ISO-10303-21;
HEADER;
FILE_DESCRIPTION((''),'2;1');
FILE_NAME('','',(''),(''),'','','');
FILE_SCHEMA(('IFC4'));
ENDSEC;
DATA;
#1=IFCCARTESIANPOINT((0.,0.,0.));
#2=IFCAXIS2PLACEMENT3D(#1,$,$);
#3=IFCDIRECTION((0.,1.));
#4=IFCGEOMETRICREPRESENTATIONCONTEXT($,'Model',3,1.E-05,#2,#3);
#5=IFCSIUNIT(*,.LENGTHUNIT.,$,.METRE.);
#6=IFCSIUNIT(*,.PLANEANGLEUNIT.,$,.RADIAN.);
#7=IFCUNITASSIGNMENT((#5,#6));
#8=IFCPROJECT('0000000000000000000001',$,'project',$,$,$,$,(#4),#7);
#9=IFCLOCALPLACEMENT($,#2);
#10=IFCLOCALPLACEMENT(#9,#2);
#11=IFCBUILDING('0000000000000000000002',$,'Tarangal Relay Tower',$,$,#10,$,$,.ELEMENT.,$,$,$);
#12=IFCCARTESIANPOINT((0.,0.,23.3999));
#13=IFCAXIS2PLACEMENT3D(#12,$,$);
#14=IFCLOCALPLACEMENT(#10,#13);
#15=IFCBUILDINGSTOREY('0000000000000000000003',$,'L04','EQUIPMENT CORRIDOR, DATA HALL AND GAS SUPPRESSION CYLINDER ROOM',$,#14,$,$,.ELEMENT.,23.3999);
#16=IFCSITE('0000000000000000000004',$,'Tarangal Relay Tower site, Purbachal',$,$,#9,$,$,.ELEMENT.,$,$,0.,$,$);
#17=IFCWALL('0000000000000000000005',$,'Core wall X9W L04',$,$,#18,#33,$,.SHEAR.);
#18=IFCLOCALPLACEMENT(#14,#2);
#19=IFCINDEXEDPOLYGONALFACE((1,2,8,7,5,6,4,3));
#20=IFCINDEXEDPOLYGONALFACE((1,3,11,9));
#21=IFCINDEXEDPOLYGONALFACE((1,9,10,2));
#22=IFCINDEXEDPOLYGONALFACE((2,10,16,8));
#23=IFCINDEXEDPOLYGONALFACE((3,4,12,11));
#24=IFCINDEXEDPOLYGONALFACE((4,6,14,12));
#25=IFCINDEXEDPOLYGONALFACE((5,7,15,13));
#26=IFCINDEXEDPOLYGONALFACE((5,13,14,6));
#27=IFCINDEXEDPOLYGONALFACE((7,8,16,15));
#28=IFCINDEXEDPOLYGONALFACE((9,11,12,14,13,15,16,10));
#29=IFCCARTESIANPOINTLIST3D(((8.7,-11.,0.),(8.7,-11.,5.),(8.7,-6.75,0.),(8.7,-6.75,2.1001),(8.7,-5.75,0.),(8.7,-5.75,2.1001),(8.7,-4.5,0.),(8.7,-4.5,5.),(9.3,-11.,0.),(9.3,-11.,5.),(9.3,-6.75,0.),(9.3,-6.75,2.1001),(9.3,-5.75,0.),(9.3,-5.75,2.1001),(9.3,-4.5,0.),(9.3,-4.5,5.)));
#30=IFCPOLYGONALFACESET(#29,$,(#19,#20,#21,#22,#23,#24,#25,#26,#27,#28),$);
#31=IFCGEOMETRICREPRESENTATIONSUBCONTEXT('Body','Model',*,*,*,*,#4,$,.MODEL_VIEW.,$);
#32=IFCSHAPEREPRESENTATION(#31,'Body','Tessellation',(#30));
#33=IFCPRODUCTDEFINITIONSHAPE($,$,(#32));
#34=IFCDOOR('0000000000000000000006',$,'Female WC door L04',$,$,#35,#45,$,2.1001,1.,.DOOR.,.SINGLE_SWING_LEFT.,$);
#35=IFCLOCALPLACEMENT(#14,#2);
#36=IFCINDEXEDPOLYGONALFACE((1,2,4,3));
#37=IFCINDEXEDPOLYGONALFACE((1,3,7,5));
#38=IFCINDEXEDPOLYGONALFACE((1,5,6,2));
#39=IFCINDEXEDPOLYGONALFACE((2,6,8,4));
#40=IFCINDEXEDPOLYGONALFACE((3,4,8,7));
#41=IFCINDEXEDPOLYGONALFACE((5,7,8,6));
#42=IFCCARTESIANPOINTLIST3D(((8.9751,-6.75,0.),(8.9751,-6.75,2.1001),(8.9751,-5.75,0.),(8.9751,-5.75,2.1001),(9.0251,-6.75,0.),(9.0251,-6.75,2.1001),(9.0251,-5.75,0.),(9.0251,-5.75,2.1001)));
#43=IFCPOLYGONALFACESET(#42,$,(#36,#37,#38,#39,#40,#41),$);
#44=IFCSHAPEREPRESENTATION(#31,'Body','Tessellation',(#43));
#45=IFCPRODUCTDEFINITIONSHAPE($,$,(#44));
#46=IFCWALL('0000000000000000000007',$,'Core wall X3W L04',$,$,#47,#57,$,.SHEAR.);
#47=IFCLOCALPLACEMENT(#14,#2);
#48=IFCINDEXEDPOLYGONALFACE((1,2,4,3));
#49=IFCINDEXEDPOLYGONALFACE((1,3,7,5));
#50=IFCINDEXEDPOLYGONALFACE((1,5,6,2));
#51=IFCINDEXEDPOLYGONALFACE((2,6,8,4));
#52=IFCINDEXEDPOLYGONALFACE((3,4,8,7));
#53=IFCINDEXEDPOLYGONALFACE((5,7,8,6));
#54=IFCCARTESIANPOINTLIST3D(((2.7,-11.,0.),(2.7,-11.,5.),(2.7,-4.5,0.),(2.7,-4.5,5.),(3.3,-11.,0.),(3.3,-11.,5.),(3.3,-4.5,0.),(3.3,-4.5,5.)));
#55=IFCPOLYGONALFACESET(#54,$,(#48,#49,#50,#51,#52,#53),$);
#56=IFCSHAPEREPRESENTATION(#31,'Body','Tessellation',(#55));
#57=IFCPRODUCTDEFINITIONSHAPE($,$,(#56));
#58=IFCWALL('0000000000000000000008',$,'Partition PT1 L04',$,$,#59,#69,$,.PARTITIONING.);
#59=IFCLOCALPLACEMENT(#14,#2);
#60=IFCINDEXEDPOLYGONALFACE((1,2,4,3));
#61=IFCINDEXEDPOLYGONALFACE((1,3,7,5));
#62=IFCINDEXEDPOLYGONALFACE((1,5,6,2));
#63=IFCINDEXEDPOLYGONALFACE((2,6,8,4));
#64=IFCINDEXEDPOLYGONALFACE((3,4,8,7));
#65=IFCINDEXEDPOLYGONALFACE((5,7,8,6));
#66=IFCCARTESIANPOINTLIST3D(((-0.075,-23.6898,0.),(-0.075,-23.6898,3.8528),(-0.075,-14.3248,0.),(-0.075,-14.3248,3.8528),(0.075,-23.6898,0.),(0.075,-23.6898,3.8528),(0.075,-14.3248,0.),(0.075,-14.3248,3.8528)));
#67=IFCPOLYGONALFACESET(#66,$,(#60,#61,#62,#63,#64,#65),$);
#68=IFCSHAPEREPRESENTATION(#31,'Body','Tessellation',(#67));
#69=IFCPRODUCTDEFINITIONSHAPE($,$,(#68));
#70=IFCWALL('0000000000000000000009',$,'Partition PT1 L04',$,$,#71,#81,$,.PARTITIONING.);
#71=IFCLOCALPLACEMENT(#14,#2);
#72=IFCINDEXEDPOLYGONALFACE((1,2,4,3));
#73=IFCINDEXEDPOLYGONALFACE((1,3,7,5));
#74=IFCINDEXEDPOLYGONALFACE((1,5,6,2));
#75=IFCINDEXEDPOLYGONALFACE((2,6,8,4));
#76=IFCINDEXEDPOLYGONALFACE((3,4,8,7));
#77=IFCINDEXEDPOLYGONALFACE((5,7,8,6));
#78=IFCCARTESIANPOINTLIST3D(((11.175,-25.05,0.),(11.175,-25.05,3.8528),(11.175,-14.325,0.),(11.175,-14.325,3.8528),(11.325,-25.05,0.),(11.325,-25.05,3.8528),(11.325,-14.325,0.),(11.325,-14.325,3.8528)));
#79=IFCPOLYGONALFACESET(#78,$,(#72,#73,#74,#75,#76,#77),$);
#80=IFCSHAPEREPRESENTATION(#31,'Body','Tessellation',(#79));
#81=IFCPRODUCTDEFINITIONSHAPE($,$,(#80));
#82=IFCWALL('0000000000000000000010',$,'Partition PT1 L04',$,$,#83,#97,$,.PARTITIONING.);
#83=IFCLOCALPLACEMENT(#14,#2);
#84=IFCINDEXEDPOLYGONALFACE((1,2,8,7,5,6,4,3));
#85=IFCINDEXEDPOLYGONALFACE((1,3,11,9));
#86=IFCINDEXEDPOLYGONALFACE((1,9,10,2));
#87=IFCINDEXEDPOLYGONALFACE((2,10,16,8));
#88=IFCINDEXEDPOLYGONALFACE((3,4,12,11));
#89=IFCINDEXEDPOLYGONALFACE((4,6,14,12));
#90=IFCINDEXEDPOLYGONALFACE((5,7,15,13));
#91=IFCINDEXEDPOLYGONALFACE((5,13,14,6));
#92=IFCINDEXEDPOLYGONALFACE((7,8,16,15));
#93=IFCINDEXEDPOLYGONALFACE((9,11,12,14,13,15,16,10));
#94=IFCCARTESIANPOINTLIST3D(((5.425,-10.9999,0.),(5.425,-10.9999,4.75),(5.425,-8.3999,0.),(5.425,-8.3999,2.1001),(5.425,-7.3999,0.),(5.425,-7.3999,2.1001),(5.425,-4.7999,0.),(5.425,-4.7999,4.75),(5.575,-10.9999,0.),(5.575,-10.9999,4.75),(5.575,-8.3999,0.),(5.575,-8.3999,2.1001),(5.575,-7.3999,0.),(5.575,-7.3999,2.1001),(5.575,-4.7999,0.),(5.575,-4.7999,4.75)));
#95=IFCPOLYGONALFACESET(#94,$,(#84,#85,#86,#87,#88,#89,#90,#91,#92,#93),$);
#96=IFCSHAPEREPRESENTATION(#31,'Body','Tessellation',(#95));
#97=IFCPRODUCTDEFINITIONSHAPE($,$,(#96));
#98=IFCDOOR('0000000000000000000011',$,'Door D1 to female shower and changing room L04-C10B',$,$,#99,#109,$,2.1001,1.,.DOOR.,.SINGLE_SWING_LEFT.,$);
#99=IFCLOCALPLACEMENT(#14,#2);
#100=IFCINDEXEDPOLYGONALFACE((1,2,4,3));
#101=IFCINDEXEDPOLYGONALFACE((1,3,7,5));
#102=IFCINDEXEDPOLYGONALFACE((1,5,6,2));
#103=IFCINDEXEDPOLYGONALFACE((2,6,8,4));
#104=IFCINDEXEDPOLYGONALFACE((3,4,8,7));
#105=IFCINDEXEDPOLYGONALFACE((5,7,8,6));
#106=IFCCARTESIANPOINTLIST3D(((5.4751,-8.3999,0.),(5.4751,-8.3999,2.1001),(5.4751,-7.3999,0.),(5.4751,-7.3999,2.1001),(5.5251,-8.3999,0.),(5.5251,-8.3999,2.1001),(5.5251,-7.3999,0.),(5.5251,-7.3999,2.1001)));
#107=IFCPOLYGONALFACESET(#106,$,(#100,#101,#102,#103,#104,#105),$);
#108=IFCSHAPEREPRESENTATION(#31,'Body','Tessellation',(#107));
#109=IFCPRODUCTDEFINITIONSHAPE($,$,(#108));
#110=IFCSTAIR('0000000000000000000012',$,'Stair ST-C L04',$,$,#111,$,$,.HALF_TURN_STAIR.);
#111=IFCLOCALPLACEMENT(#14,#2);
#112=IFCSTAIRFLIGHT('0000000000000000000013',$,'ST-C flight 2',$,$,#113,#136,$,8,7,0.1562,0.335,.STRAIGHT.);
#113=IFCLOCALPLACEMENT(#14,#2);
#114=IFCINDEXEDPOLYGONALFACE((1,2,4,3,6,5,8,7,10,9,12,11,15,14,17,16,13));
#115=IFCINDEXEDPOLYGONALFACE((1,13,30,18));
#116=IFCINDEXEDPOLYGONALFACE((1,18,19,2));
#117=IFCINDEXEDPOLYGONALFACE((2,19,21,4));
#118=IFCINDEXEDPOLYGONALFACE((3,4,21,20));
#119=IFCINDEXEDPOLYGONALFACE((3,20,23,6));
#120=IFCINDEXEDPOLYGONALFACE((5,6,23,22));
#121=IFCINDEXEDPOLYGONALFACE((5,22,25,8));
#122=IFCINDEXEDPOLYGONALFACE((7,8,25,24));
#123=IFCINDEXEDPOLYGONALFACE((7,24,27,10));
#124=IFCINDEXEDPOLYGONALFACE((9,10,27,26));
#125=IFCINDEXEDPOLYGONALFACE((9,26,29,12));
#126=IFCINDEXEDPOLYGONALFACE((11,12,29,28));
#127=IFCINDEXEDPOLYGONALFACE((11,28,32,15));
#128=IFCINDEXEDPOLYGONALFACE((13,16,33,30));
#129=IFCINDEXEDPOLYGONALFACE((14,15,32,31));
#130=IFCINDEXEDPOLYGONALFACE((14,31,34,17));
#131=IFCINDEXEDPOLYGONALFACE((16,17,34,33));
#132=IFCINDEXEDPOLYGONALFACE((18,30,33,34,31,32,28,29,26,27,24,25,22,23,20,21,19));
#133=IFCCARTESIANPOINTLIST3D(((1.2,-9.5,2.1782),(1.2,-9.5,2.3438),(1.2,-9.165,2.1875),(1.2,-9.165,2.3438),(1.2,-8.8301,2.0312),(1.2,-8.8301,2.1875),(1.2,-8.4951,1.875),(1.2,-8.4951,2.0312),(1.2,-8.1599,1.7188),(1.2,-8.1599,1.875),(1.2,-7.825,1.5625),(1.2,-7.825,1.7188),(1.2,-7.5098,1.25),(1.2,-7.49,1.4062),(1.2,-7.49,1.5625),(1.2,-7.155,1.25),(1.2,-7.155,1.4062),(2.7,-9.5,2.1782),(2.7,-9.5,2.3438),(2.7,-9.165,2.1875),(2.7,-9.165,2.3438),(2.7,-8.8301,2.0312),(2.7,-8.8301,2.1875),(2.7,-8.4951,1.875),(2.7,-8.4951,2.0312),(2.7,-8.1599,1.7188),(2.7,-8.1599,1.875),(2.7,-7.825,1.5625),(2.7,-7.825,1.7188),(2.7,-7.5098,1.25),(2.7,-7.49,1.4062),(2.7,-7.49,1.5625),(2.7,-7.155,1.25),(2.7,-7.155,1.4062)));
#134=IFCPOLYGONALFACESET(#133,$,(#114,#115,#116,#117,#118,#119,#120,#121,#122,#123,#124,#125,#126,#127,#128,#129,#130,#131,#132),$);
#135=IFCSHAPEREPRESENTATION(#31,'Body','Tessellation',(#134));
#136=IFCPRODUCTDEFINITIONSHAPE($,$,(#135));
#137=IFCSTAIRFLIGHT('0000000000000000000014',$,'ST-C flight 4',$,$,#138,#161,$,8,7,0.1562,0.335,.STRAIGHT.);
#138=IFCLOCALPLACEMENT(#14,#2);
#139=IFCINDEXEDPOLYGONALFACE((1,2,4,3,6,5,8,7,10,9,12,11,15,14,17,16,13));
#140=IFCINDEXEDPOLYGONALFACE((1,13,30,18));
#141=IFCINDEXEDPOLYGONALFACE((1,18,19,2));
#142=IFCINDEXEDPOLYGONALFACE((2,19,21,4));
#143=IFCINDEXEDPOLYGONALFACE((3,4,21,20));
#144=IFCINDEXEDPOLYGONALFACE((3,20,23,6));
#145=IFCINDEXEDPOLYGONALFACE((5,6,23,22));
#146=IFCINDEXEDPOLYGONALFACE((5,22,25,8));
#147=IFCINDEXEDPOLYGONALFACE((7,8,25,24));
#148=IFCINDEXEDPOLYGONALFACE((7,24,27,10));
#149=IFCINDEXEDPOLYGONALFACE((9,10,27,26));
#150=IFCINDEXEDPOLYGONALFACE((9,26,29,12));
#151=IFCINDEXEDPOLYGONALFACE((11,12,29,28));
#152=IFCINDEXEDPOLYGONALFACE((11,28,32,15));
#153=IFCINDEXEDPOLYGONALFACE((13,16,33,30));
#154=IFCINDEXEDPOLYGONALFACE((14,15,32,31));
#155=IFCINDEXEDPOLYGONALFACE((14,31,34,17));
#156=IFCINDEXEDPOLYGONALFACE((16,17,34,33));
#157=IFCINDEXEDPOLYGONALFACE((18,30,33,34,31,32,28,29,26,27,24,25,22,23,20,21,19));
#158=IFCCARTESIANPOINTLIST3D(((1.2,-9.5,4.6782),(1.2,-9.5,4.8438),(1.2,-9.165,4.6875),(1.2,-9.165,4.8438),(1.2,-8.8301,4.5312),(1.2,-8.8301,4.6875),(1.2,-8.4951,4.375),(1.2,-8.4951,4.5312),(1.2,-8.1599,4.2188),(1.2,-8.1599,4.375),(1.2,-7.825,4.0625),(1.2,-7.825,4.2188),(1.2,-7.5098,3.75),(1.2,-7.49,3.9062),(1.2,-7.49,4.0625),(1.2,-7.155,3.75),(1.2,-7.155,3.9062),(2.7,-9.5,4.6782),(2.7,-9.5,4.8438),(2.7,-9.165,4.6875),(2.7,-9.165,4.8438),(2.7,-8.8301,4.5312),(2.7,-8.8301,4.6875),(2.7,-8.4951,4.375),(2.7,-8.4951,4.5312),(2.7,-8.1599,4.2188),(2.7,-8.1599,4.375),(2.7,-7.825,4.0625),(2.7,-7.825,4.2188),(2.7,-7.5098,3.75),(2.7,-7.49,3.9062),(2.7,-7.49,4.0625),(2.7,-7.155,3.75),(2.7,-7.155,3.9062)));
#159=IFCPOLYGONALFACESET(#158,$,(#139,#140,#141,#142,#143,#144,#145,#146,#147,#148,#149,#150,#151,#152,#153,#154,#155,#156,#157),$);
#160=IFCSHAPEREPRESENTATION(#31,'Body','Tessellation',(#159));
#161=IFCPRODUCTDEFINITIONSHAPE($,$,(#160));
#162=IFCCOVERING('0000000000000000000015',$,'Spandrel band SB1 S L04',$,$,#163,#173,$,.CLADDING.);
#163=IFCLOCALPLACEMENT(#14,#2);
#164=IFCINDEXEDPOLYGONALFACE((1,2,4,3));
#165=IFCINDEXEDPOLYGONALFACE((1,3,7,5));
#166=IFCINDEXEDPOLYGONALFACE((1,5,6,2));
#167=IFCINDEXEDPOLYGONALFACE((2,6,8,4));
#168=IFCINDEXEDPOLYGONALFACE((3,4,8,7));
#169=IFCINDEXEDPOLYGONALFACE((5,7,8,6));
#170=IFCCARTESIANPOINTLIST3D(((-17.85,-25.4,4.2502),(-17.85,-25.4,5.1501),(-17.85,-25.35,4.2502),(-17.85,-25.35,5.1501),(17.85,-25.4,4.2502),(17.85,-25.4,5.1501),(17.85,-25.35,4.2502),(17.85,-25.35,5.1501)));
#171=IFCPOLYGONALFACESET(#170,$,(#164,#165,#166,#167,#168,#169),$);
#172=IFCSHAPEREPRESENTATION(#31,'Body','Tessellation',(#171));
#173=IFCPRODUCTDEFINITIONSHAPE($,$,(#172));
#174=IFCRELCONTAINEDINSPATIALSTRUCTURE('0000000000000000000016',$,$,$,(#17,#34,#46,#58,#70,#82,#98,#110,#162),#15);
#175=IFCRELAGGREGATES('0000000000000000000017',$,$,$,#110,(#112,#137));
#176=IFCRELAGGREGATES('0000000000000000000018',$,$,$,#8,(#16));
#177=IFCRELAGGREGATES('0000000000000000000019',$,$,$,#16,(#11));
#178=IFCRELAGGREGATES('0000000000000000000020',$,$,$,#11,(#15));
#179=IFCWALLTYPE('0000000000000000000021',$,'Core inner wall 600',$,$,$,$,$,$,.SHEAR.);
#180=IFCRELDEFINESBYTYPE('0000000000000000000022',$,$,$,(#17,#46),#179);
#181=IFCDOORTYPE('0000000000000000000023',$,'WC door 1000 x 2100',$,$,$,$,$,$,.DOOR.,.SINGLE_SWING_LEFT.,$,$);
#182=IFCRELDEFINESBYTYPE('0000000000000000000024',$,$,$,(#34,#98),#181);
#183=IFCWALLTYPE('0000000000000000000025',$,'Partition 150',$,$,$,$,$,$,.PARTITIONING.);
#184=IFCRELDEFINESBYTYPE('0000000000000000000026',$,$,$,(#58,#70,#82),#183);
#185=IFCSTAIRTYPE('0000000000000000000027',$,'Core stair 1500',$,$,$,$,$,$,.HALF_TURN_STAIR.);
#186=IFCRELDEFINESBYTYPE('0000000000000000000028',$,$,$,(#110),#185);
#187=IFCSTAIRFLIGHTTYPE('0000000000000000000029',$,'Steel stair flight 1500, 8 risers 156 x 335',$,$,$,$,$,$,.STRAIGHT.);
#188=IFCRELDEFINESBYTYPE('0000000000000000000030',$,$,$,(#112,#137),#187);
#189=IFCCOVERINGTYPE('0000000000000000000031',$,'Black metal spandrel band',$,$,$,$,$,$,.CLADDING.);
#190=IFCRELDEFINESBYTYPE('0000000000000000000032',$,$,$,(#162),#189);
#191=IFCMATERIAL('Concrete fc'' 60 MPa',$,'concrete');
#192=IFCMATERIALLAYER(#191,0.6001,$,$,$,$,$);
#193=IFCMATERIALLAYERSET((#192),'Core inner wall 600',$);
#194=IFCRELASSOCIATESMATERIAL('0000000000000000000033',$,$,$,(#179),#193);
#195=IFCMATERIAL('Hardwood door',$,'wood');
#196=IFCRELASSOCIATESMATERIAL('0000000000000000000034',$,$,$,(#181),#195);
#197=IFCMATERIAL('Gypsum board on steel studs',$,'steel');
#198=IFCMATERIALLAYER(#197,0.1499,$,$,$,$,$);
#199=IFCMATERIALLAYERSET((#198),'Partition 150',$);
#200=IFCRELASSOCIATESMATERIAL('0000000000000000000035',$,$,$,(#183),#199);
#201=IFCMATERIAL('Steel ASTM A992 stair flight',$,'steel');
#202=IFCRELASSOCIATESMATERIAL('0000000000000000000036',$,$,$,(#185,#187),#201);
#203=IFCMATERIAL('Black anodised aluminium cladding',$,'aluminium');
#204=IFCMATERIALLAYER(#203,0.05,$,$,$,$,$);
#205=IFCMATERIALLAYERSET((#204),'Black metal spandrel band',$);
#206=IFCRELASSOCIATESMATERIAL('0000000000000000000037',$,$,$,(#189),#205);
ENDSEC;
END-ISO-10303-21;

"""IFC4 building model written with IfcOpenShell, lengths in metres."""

from ifc_helpers import new_model, si_unit, direction, frame, frame_2d, origin, origin_2d, place, context, subcontext, project, spatial, polyline, rectangle, outline, extrude, material, layer, layer_set, type_object, element, fill, aggregate, save


model = new_model("IFC4")

# Units and contexts
model_context = context("Model", 3, precision=1e-05, world=origin(), true_north=direction((0.0, 1.0)))
body_context = subcontext(model_context, "Body", "Model", "MODEL_VIEW")
ifc_project = project(units=[si_unit("LENGTHUNIT", "METRE"), si_unit("PLANEANGLEUNIT", "RADIAN")], contexts=[model_context])

# Site, building, storey
site_placement = place(None, origin())
site = spatial("IfcSite", under=ifc_project, at=site_placement, Name="Tarangal Relay Tower site, Purbachal", CompositionType="ELEMENT", RefElevation=0.0)
building_placement = place(site_placement, origin())
building = spatial("IfcBuilding", under=site, at=building_placement, Name="Tarangal Relay Tower", CompositionType="ELEMENT")
storey_placement = place(building_placement, frame((0.0, 0.0, 23.3999)))
storey = spatial("IfcBuildingStorey", under=building, at=storey_placement, Name="L04", Description="EQUIPMENT CORRIDOR, DATA HALL AND GAS SUPPRESSION CYLINDER ROOM", CompositionType="ELEMENT", Elevation=23.3999)

# Shared definitions
ifc_material_1 = material(Name="Concrete fc' 60 MPa", Category="concrete")
ifc_layer_1 = layer(ifc_material_1, 0.6001)
ifc_layer_set_1 = layer_set([ifc_layer_1], Name="Core inner wall 600")
wall_type_1 = type_object("IfcWallType", Name="Core inner wall 600", PredefinedType="SHEAR", material=ifc_layer_set_1)

# Wall, opening, door
wall_1_placement = place(storey_placement, frame((9.0, -11.0, 0.0), z_axis=(0.0, 0.0, 1.0), x_axis=(0.0, 1.0, 0.0)))
wall_1 = element("IfcWall", 1, at=wall_1_placement, inside=storey, type_object=wall_type_1, Name="Core wall X9W L04", PredefinedType="SHEAR", context=body_context, shape_type="SweptSolid", body=[
    extrude(rectangle(XDim=6.5, YDim=0.6001, at=frame_2d((3.25, 0.0))), origin(), (0.0, 0.0, 1.0), 5.0),
])
opening_1_placement = place(wall_1_placement, frame((4.25, 0.0, 0.0)))
opening_1 = element("IfcOpeningElement", 2, at=opening_1_placement, cuts=wall_1, PredefinedType="OPENING", context=body_context, shape_type="SweptSolid", body=[
    extrude(rectangle(XDim=1.0, YDim=2.1001, at=frame_2d((0.5, 1.05))), frame((0.0, 0.3101, 0.0), z_axis=(0.0, -1.0, 0.0), x_axis=(1.0, 0.0, 0.0)), (0.0, 0.0, 1.0), 0.6201),
])
ifc_material_2 = material(Name="Hardwood door", Category="wood")
door_type = type_object("IfcDoorType", Name="WC door 1000 x 2100", OperationType="SINGLE_SWING_LEFT", PredefinedType="DOOR", material=ifc_material_2)
door_1_placement = place(opening_1_placement, origin())
door_1 = element("IfcDoor", 3, at=door_1_placement, inside=storey, type_object=door_type, Name="Female WC door L04", OperationType="SINGLE_SWING_LEFT", OverallHeight=2.1001, OverallWidth=1.0, PredefinedType="DOOR", context=body_context, shape_type="SweptSolid", body=[
    extrude(rectangle(XDim=1.0, YDim=2.1001, at=frame_2d((0.5, 1.05))), frame((0.0, 0.0249, 0.0), z_axis=(0.0, -1.0, 0.0), x_axis=(1.0, 0.0, 0.0)), (0.0, 0.0, 1.0), 0.05),
])
fill(opening_1, door_1)

# Walls
wall_2_placement = place(storey_placement, frame((3.0, -11.0, 0.0), z_axis=(0.0, 0.0, 1.0), x_axis=(0.0, 1.0, 0.0)))
element("IfcWall", 4, at=wall_2_placement, inside=storey, type_object=wall_type_1, Name="Core wall X3W L04", PredefinedType="SHEAR", context=body_context, shape_type="SweptSolid", body=[
    extrude(rectangle(XDim=6.5, YDim=0.6001, at=frame_2d((3.25, 0.0))), origin(), (0.0, 0.0, 1.0), 5.0),
])
ifc_material_3 = material(Name="Gypsum board on steel studs", Category="steel")
ifc_layer_2 = layer(ifc_material_3, 0.1499)
ifc_layer_set_2 = layer_set([ifc_layer_2], Name="Partition 150")
wall_type_2 = type_object("IfcWallType", Name="Partition 150", PredefinedType="PARTITIONING", material=ifc_layer_set_2)
wall_3_placement = place(storey_placement, frame((0.0, -23.6899, 0.0), z_axis=(0.0, 0.0, 1.0), x_axis=(0.0, 1.0, 0.0)))
element("IfcWall", 5, at=wall_3_placement, inside=storey, type_object=wall_type_2, Name="Partition PT1 L04", PredefinedType="PARTITIONING", context=body_context, shape_type="SweptSolid", body=[
    extrude(rectangle(XDim=9.365, YDim=0.1499, at=frame_2d((4.6826, 0.0))), origin(), (0.0, 0.0, 1.0), 3.8528),
])
wall_4_placement = place(storey_placement, frame((11.25, -25.05, 0.0), z_axis=(0.0, 0.0, 1.0), x_axis=(0.0, 1.0, 0.0)))
element("IfcWall", 6, at=wall_4_placement, inside=storey, type_object=wall_type_2, Name="Partition PT1 L04", PredefinedType="PARTITIONING", context=body_context, shape_type="SweptSolid", body=[
    extrude(rectangle(XDim=10.7251, YDim=0.1499, at=frame_2d((5.3625, 0.0))), origin(), (0.0, 0.0, 1.0), 3.8528),
])

# Wall, opening, door
wall_5_placement = place(storey_placement, frame((5.5, -11.0, 0.0), z_axis=(0.0, 0.0, 1.0), x_axis=(0.0, 1.0, 0.0)))
wall_5 = element("IfcWall", 7, at=wall_5_placement, inside=storey, type_object=wall_type_2, Name="Partition PT1 L04", PredefinedType="PARTITIONING", context=body_context, shape_type="SweptSolid", body=[
    extrude(rectangle(XDim=6.2, YDim=0.1499, at=frame_2d((3.1001, 0.0))), origin(), (0.0, 0.0, 1.0), 4.75),
])
opening_2_placement = place(wall_5_placement, frame((2.6001, 0.0, 0.0)))
opening_2 = element("IfcOpeningElement", 8, at=opening_2_placement, cuts=wall_5, PredefinedType="OPENING", context=body_context, shape_type="SweptSolid", body=[
    extrude(rectangle(XDim=1.0, YDim=2.1001, at=frame_2d((0.5, 1.05))), frame((0.0, 0.085, 0.0), z_axis=(0.0, -1.0, 0.0), x_axis=(1.0, 0.0, 0.0)), (0.0, 0.0, 1.0), 0.1699),
])
door_2_placement = place(opening_2_placement, origin())
door_2 = element("IfcDoor", 9, at=door_2_placement, inside=storey, type_object=door_type, Name="Door D1 to female shower and changing room L04-C10B", OperationType="SINGLE_SWING_LEFT", OverallHeight=2.1001, OverallWidth=1.0, PredefinedType="DOOR", context=body_context, shape_type="SweptSolid", body=[
    extrude(rectangle(XDim=1.0, YDim=2.1001, at=frame_2d((0.5, 1.05))), frame((0.0, 0.0249, 0.0), z_axis=(0.0, -1.0, 0.0), x_axis=(1.0, 0.0, 0.0)), (0.0, 0.0, 1.0), 0.05),
])
fill(opening_2, door_2)

# Stair, stair flights
ifc_material_4 = material(Name="Steel ASTM A992 stair flight", Category="steel")
stair_type = type_object("IfcStairType", Name="Core stair 1500", PredefinedType="HALF_TURN_STAIR", material=ifc_material_4)
stair_placement = place(storey_placement, origin())
stair = element("IfcStair", 10, at=stair_placement, inside=storey, type_object=stair_type, Name="Stair ST-C L04", PredefinedType="HALF_TURN_STAIR")
stair_flight_type = type_object("IfcStairFlightType", Name="Steel stair flight 1500, 8 risers 156 x 335", PredefinedType="STRAIGHT", material=ifc_material_4)
stair_flight_1_placement = place(storey_placement, frame((1.95, -7.155, 1.25), z_axis=(0.0, 0.0, 1.0), x_axis=(0.0, -1.0, 0.0)))
stair_flight_1 = element("IfcStairFlight", 11, at=stair_flight_1_placement, type_object=stair_flight_type, Name="ST-C flight 2", NumberOfRisers=8, NumberOfTreads=7, PredefinedType="STRAIGHT", RiserHeight=0.1562, TreadLength=0.335, context=body_context, shape_type="SweptSolid", body=[
    extrude(outline(polyline([(0.0, 0.0), (0.0, 0.1562), (0.335, 0.1562), (0.335, 0.3125), (0.6699, 0.3125), (0.6699, 0.4688), (1.0049, 0.4688), (1.0049, 0.625), (1.3401, 0.625), (1.3401, 0.7812), (1.675, 0.7812), (1.675, 0.9375), (2.01, 0.9375), (2.01, 1.0938), (2.345, 1.0938), (2.345, 1.25), (2.345, 0.9282), (0.3547, 0.0), (0.0, 0.0)])), frame((0.0, 0.75, 0.0), z_axis=(0.0, -1.0, 0.0), x_axis=(1.0, 0.0, 0.0)), (0.0, 0.0, 1.0), 1.5),
])
stair_flight_2_placement = place(storey_placement, frame((1.95, -7.155, 3.75), z_axis=(0.0, 0.0, 1.0), x_axis=(0.0, -1.0, 0.0)))
stair_flight_2 = element("IfcStairFlight", 12, at=stair_flight_2_placement, type_object=stair_flight_type, Name="ST-C flight 4", NumberOfRisers=8, NumberOfTreads=7, PredefinedType="STRAIGHT", RiserHeight=0.1562, TreadLength=0.335, context=body_context, shape_type="SweptSolid", body=[
    extrude(outline(polyline([(0.0, 0.0), (0.0, 0.1562), (0.335, 0.1562), (0.335, 0.3125), (0.6699, 0.3125), (0.6699, 0.4688), (1.0049, 0.4688), (1.0049, 0.625), (1.3401, 0.625), (1.3401, 0.7812), (1.675, 0.7812), (1.675, 0.9375), (2.01, 0.9375), (2.01, 1.0938), (2.345, 1.0938), (2.345, 1.25), (2.345, 0.9282), (0.3547, 0.0), (0.0, 0.0)])), frame((0.0, 0.75, 0.0), z_axis=(0.0, -1.0, 0.0), x_axis=(1.0, 0.0, 0.0)), (0.0, 0.0, 1.0), 1.5),
])
aggregate(stair, [stair_flight_1, stair_flight_2])

# Covering
ifc_material_5 = material(Name="Black anodised aluminium cladding", Category="aluminium")
ifc_layer_3 = layer(ifc_material_5, 0.05)
ifc_layer_set_3 = layer_set([ifc_layer_3], Name="Black metal spandrel band")
covering_type = type_object("IfcCoveringType", Name="Black metal spandrel band", PredefinedType="CLADDING", material=ifc_layer_set_3)
covering_placement = place(storey_placement, frame((0.0, -25.375, 4.2502), z_axis=(0.0, 0.0, 1.0), x_axis=(-1.0, 0.0, 0.0)))
element("IfcCovering", 13, at=covering_placement, inside=storey, type_object=covering_type, Name="Spandrel band SB1 S L04", PredefinedType="CLADDING", context=body_context, shape_type="SweptSolid", body=[
    extrude(rectangle(XDim=35.7, YDim=0.05, at=origin_2d()), origin(), (0.0, 0.0, 1.0), 0.8999),
])

save(model, "model.ifc")
